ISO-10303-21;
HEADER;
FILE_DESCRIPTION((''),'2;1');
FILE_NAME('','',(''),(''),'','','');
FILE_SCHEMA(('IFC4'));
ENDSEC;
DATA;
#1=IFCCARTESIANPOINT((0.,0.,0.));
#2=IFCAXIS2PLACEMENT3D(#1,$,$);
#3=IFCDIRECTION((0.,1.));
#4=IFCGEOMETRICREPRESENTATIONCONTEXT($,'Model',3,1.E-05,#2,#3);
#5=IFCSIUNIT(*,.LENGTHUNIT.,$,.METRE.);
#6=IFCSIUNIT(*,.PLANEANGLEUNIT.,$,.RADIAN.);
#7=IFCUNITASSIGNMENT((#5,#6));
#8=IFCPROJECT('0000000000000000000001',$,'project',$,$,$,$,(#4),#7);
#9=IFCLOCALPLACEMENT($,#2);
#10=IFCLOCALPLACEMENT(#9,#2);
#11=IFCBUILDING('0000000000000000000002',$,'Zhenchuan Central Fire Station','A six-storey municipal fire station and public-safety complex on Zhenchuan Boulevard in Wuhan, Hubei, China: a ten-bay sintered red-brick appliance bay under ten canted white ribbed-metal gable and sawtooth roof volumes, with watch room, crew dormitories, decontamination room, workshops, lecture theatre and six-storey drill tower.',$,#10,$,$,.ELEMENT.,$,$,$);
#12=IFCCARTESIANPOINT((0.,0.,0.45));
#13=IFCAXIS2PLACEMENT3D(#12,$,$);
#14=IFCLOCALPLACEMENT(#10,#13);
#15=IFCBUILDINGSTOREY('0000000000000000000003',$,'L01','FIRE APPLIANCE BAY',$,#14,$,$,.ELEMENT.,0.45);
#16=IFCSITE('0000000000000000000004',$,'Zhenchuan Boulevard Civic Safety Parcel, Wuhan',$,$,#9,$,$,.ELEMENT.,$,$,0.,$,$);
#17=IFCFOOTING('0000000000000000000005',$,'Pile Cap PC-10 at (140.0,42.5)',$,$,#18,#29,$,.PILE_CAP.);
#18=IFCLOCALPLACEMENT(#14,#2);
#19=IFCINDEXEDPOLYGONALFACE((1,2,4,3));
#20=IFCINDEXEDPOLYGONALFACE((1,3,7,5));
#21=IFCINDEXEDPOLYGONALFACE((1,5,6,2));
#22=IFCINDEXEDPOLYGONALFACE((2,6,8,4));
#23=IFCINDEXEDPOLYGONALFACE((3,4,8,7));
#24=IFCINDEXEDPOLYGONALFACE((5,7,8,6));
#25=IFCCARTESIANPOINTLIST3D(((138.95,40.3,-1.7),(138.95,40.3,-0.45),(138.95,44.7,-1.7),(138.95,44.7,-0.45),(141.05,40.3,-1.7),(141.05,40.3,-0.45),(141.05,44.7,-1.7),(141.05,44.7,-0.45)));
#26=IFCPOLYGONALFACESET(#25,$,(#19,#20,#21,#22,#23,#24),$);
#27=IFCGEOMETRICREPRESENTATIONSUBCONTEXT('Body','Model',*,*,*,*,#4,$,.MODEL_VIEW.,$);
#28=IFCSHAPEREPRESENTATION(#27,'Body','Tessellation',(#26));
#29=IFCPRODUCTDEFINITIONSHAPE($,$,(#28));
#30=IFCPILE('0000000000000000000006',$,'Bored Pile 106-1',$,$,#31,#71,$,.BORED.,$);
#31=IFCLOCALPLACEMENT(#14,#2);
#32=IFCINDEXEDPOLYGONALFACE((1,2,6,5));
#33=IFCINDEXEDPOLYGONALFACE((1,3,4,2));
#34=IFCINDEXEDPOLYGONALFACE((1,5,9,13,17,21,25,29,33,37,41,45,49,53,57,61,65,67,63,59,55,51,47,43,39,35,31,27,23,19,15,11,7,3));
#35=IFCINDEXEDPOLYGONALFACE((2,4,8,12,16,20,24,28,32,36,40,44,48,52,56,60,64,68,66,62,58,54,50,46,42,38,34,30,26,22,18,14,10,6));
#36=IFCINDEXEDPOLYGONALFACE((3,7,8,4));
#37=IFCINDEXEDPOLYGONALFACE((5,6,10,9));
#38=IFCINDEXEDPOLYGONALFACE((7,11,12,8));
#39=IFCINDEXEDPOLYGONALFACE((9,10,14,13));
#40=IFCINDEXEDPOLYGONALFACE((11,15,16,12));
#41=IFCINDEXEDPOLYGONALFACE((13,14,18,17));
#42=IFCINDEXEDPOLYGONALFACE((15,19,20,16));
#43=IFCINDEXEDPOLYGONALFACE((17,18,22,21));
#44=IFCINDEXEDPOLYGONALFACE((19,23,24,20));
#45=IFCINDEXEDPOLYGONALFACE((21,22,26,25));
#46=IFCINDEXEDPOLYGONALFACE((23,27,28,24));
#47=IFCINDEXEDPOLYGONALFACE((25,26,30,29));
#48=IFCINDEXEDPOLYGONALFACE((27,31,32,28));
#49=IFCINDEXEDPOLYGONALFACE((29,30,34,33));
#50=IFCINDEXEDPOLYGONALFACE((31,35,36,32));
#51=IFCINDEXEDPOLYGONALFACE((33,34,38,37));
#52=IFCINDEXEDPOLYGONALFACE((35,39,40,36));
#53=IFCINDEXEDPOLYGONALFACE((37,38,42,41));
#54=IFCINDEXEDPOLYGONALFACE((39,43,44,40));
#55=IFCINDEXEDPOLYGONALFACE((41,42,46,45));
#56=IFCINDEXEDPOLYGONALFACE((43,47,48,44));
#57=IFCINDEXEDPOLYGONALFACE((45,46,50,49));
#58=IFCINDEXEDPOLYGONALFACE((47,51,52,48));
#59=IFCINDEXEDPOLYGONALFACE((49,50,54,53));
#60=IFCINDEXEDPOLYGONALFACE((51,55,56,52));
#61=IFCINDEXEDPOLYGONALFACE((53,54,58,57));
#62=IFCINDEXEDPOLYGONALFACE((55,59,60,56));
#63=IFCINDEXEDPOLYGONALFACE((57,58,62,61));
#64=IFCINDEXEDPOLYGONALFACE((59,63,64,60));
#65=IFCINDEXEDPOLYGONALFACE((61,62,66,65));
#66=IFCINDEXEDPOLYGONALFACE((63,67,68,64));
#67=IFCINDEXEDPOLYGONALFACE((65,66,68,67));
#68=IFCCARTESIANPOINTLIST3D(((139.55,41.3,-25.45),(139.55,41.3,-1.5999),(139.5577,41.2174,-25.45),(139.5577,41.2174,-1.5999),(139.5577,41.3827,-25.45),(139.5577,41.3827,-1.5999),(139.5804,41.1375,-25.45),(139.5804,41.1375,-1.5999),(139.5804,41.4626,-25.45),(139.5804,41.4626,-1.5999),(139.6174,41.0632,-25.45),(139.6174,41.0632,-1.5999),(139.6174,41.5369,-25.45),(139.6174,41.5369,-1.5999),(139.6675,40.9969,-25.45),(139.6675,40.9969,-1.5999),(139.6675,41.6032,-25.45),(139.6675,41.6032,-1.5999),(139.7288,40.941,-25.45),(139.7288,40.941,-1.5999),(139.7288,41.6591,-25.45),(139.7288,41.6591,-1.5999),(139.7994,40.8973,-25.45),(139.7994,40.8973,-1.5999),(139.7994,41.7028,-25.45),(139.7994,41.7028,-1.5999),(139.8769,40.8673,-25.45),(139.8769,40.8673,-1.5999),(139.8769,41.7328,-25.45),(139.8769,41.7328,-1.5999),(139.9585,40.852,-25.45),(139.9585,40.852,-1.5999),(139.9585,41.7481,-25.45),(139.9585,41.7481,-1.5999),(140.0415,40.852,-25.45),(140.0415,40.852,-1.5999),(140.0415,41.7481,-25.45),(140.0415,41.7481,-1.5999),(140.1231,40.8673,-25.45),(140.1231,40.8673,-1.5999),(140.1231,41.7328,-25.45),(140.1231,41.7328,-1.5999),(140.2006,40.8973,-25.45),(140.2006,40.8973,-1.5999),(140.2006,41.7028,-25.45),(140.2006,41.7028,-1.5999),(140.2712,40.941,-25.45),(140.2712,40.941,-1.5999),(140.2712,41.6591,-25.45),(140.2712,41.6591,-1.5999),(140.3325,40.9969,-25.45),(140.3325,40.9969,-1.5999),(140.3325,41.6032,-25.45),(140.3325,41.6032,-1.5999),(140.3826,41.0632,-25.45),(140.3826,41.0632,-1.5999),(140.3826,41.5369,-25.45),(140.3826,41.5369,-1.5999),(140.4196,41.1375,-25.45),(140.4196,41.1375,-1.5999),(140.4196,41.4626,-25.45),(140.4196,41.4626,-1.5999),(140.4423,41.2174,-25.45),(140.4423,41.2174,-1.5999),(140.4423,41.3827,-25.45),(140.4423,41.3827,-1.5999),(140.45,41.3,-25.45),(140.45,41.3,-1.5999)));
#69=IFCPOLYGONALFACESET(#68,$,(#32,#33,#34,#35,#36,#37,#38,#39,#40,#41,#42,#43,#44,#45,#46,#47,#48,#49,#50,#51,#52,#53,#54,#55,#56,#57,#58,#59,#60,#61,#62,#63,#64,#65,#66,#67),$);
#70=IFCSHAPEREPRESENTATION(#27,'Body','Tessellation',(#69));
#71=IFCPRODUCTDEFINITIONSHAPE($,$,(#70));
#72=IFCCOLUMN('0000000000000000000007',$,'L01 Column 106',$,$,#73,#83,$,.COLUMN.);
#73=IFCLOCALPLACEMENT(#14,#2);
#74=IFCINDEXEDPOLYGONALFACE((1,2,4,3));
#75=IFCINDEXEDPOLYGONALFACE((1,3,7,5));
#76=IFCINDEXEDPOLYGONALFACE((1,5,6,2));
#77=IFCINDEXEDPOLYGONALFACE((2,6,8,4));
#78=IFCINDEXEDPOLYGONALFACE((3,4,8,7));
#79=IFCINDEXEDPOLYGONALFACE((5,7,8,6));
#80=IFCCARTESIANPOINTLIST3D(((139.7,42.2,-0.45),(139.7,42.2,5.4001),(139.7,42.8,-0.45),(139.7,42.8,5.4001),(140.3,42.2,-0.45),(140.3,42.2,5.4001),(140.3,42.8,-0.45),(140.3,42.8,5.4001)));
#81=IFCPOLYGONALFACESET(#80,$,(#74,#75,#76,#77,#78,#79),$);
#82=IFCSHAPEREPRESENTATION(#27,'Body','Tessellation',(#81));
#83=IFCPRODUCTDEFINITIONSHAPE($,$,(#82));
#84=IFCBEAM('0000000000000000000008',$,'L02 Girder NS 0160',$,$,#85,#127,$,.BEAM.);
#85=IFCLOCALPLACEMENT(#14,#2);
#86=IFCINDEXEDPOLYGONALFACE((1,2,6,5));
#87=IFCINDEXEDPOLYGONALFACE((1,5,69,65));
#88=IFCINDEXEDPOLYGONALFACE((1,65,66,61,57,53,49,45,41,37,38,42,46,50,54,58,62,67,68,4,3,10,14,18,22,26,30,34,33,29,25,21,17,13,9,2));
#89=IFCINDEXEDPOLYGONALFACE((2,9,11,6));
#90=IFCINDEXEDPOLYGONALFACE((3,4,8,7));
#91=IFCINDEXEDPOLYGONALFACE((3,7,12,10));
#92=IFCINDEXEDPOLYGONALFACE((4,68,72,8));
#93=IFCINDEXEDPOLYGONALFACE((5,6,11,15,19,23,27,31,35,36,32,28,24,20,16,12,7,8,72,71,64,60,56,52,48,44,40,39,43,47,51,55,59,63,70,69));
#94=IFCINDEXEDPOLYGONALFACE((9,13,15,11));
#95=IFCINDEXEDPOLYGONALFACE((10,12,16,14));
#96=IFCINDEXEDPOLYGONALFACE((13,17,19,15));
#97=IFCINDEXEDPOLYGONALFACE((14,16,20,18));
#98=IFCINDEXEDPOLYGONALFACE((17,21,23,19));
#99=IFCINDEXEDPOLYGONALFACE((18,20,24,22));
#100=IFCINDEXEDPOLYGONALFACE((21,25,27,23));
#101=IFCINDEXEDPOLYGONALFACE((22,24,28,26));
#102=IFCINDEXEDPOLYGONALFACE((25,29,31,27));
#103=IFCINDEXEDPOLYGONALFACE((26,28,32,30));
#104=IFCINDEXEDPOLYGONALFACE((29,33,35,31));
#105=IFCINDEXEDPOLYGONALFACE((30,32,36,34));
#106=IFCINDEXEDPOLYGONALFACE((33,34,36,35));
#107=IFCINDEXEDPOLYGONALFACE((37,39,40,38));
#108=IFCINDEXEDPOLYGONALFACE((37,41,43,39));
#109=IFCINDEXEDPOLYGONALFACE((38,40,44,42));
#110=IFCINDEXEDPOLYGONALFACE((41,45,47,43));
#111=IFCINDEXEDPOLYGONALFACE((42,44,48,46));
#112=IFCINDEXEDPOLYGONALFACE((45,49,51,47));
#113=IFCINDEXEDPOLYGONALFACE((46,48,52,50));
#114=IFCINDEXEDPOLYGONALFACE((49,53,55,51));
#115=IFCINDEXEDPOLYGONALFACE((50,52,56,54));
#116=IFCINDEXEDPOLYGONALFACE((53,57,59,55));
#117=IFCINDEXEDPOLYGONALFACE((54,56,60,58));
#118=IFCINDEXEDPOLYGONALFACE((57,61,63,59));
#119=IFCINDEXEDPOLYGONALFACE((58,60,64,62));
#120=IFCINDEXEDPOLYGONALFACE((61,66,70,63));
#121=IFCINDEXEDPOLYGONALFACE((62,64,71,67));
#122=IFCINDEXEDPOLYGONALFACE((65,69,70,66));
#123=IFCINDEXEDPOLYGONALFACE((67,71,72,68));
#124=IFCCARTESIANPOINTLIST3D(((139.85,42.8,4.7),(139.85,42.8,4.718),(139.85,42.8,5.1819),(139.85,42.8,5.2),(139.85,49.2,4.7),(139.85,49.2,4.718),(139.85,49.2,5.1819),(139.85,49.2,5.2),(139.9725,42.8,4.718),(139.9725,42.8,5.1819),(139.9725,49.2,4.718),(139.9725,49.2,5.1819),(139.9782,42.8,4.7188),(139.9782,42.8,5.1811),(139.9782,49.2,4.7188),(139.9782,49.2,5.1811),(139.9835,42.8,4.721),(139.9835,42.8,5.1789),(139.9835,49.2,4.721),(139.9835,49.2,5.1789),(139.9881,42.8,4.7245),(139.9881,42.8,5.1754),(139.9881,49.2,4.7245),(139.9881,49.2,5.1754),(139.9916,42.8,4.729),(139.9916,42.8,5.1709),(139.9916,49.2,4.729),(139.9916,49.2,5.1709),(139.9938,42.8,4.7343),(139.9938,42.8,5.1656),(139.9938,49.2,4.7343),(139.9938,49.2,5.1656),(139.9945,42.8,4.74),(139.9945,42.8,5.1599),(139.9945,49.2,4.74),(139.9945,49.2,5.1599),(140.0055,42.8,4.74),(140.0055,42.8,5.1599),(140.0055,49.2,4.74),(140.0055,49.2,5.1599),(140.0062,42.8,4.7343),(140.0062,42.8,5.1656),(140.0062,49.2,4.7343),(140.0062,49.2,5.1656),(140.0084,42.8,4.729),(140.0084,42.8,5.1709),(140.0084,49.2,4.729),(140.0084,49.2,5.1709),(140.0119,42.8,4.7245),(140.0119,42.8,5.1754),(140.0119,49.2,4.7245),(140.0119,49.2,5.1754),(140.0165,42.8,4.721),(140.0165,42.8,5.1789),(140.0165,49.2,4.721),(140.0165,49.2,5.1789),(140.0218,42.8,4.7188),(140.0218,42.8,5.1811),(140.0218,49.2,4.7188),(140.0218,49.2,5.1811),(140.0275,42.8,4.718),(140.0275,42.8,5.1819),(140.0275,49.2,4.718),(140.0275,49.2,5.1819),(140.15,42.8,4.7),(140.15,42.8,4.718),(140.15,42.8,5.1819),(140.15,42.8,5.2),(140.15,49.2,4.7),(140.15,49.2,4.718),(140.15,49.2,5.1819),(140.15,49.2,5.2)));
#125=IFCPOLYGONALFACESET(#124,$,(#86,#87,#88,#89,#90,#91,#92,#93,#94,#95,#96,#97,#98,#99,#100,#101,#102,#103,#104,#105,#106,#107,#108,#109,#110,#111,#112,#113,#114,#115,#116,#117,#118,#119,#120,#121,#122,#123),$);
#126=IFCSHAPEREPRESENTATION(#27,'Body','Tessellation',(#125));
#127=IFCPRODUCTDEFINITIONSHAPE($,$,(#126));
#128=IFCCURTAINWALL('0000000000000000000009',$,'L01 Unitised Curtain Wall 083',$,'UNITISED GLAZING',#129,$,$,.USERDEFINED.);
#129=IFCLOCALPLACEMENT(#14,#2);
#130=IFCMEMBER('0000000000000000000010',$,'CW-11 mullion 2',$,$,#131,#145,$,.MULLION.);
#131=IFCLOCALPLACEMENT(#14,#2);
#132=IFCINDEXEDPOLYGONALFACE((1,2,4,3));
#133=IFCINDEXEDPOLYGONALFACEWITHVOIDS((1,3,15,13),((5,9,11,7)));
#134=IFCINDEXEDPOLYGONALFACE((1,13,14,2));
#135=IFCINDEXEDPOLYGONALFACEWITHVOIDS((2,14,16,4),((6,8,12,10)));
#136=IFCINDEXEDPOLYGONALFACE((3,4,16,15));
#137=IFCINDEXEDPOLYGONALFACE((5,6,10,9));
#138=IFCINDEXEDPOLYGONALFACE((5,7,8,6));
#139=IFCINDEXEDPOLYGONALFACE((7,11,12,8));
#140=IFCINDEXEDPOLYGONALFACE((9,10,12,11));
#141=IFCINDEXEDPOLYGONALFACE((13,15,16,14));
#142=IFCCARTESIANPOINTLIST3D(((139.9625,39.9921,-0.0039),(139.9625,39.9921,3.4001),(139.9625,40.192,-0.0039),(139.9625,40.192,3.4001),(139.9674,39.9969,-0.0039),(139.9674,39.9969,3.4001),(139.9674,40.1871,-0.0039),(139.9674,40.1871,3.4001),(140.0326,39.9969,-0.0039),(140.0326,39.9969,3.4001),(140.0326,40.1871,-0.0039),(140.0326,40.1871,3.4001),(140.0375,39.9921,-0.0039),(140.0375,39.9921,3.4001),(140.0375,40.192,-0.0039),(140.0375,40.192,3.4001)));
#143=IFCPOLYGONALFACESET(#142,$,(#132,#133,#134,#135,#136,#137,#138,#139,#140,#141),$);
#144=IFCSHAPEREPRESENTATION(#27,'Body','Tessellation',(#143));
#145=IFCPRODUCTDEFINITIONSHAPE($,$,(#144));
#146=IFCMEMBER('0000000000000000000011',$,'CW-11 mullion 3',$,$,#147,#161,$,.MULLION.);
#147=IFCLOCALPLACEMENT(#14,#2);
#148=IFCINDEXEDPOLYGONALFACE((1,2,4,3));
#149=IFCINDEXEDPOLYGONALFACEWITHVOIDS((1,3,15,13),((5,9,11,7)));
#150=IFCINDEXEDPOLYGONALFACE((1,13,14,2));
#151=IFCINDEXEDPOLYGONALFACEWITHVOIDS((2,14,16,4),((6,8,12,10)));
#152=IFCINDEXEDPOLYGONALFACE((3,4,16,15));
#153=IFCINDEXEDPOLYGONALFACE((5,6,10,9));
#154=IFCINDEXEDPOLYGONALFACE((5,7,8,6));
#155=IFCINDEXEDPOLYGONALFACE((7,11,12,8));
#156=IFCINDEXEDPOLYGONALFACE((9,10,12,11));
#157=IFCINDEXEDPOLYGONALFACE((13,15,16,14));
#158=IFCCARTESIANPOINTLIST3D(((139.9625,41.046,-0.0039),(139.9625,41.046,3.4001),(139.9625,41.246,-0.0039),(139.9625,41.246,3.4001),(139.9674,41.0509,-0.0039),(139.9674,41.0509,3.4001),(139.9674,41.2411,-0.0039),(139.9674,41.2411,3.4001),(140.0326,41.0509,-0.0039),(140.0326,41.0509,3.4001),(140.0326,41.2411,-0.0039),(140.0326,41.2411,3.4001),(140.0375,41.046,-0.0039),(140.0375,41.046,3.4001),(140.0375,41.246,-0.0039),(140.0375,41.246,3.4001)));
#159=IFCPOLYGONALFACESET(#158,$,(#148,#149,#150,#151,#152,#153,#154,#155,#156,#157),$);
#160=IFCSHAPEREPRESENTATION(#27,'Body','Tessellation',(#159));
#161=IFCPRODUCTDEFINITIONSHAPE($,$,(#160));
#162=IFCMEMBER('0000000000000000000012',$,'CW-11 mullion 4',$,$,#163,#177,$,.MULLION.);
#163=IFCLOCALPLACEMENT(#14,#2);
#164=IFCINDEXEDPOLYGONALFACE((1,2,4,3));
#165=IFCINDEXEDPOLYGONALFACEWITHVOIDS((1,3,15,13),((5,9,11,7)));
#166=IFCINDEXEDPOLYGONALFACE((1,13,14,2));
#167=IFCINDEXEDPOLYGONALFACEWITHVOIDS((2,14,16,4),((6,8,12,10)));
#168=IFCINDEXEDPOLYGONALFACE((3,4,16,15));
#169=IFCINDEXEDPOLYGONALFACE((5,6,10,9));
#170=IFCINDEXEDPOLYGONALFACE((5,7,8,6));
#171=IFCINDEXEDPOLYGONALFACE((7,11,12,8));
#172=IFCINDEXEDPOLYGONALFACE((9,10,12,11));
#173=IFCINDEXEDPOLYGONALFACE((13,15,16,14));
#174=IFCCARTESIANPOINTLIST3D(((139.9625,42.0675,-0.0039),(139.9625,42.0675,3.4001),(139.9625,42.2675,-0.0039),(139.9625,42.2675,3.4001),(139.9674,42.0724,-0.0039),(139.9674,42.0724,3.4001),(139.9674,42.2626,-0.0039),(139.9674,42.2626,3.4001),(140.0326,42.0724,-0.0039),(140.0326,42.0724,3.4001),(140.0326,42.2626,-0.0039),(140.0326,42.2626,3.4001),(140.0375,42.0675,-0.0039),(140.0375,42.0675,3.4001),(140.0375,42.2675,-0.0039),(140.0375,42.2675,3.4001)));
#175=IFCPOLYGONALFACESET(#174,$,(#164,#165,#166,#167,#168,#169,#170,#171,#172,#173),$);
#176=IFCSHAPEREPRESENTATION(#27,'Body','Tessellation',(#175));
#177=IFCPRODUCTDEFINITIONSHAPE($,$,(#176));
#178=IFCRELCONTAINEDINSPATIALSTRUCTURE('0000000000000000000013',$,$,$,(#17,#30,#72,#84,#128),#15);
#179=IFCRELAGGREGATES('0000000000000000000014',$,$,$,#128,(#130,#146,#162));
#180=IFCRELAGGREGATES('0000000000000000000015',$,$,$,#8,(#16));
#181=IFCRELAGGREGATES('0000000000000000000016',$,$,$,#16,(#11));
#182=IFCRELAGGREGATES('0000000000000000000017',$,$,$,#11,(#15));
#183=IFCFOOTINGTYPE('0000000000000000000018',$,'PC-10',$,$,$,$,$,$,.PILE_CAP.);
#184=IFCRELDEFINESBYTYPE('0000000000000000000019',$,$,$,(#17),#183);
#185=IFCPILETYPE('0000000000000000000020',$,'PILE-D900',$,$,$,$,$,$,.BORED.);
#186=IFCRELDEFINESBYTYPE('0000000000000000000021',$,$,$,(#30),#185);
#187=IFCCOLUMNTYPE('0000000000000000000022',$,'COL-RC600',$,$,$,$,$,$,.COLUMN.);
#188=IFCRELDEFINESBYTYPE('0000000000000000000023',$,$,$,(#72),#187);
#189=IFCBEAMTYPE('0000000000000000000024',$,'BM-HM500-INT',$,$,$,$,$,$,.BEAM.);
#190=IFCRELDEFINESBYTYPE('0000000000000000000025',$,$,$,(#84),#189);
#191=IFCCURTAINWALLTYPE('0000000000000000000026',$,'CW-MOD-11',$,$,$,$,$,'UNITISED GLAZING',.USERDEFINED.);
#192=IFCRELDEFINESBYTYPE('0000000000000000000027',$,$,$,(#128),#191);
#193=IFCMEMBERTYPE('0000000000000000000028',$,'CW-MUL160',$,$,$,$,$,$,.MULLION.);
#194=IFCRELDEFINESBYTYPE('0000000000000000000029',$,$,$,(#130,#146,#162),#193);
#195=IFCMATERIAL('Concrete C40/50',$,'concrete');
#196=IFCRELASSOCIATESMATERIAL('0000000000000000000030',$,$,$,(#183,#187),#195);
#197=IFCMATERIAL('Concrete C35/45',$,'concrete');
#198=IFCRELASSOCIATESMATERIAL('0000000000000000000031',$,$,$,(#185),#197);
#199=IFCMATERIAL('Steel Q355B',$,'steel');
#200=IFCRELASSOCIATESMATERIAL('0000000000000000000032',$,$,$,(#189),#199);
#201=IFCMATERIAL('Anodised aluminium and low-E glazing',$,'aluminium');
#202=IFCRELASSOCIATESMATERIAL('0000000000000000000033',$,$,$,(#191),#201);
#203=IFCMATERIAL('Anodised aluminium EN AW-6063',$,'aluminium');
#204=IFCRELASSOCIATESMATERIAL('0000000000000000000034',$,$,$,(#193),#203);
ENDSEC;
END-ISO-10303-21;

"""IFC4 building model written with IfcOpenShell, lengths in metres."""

from ifc_helpers import new_model, si_unit, direction, frame, origin, origin_2d, place, context, subcontext, project, spatial, rectangle, hollow_rectangle, circle, i_section, extrude, material, material_profile, profile_set, type_object, element, aggregate, save


model = new_model("IFC4")

# Units and contexts
model_context = context("Model", 3, precision=1e-05, world=origin(), true_north=direction((0.0, 1.0)))
body_context = subcontext(model_context, "Body", "Model", "MODEL_VIEW")
ifc_project = project(units=[si_unit("LENGTHUNIT", "METRE"), si_unit("PLANEANGLEUNIT", "RADIAN")], contexts=[model_context])

# Site, building, storey
site_placement = place(None, origin())
site = spatial("IfcSite", under=ifc_project, at=site_placement, Name="Zhenchuan Boulevard Civic Safety Parcel, Wuhan", CompositionType="ELEMENT", RefElevation=0.0)
building_placement = place(site_placement, origin())
building = spatial("IfcBuilding", under=site, at=building_placement, Name="Zhenchuan Central Fire Station", Description="A six-storey municipal fire station and public-safety complex on Zhenchuan Boulevard in Wuhan, Hubei, China: a ten-bay sintered red-brick appliance bay under ten canted white ribbed-metal gable and sawtooth roof volumes, with watch room, crew dormitories, decontamination room, workshops, lecture theatre and six-storey drill tower.", CompositionType="ELEMENT")
storey_placement = place(building_placement, frame((0.0, 0.0, 0.45)))
storey = spatial("IfcBuildingStorey", under=building, at=storey_placement, Name="L01", Description="FIRE APPLIANCE BAY", CompositionType="ELEMENT", Elevation=0.45)

# Footing
ifc_material_1 = material(Name="Concrete C40/50", Category="concrete")
footing_type = type_object("IfcFootingType", Name="PC-10", PredefinedType="PILE_CAP", material=ifc_material_1)
footing_placement = place(storey_placement, frame((140.0, 42.5, -1.7), z_axis=(0.0, 0.0, 1.0), x_axis=(1.0, 0.0, 0.0)))
element("IfcFooting", 1, at=footing_placement, inside=storey, type_object=footing_type, Name="Pile Cap PC-10 at (140.0,42.5)", PredefinedType="PILE_CAP", context=body_context, shape_type="SweptSolid", body=[
    extrude(rectangle(XDim=2.1001, YDim=4.3999, at=origin_2d()), origin(), (0.0, 0.0, 1.0), 1.25),
])

# Pile
ifc_material_2 = material(Name="Concrete C35/45", Category="concrete")
ifc_material_profile_1 = material_profile(ifc_material_2, circle(Radius=0.45, at=origin_2d()), Name="PILE D900")
ifc_profile_set_1 = profile_set([ifc_material_profile_1], Name="Concrete C35/45")
pile_type = type_object("IfcPileType", Name="PILE-D900", PredefinedType="BORED", material=ifc_profile_set_1)
pile_placement = place(storey_placement, frame((140.0, 41.3, -1.5999), z_axis=(0.0, 0.0, -1.0), x_axis=(1.0, 0.0, 0.0)))
element("IfcPile", 2, at=pile_placement, inside=storey, type_object=pile_type, Name="Bored Pile 106-1", PredefinedType="BORED", context=body_context, shape_type="SweptSolid", body=[
    extrude(circle(Radius=0.45, at=origin_2d()), origin(), (0.0, 0.0, 1.0), 23.8501),
])

# Column
ifc_material_profile_2 = material_profile(ifc_material_1, rectangle(XDim=0.6001, YDim=0.6001, at=origin_2d()), Name="RC 600x600")
ifc_profile_set_2 = profile_set([ifc_material_profile_2], Name="Concrete C40/50")
column_type = type_object("IfcColumnType", Name="COL-RC600", PredefinedType="COLUMN", material=ifc_profile_set_2)
column_placement = place(storey_placement, frame((140.0, 42.5, -0.45), z_axis=(0.0, 0.0, 1.0), x_axis=(1.0, 0.0, 0.0)))
element("IfcColumn", 3, at=column_placement, inside=storey, type_object=column_type, Name="L01 Column 106", PredefinedType="COLUMN", context=body_context, shape_type="SweptSolid", body=[
    extrude(rectangle(XDim=0.6001, YDim=0.6001, at=origin_2d()), origin(), (0.0, 0.0, 1.0), 5.8501),
])

# Beam
ifc_material_3 = material(Name="Steel Q355B", Category="steel")
ifc_material_profile_3 = material_profile(ifc_material_3, i_section(OverallWidth=0.3, OverallDepth=0.5, WebThickness=0.011, FlangeThickness=0.0181, FilletRadius=0.022, at=origin_2d()), Name="HM 500x300")
ifc_profile_set_3 = profile_set([ifc_material_profile_3], Name="Steel Q355B")
beam_type = type_object("IfcBeamType", Name="BM-HM500-INT", PredefinedType="BEAM", material=ifc_profile_set_3)
beam_placement = place(storey_placement, frame((140.0, 42.8, 4.95), z_axis=(0.0, 1.0, 0.0), x_axis=(-1.0, 0.0, 0.0)))
element("IfcBeam", 4, at=beam_placement, inside=storey, type_object=beam_type, Name="L02 Girder NS 0160", PredefinedType="BEAM", context=body_context, shape_type="SweptSolid", body=[
    extrude(i_section(OverallWidth=0.3, OverallDepth=0.5, WebThickness=0.011, FlangeThickness=0.0181, FilletRadius=0.022, at=origin_2d()), origin(), (0.0, 0.0, 1.0), 6.3999),
])

# Curtain wall, members
ifc_material_4 = material(Name="Anodised aluminium and low-E glazing", Category="aluminium")
curtain_wall_type = type_object("IfcCurtainWallType", Name="CW-MOD-11", ElementType="UNITISED GLAZING", PredefinedType="USERDEFINED", material=ifc_material_4)
curtain_wall_placement = place(storey_placement, origin())
curtain_wall = element("IfcCurtainWall", 5, at=curtain_wall_placement, inside=storey, type_object=curtain_wall_type, Name="L01 Unitised Curtain Wall 083", ObjectType="UNITISED GLAZING", PredefinedType="USERDEFINED")
ifc_material_5 = material(Name="Anodised aluminium EN AW-6063", Category="aluminium")
ifc_material_profile_4 = material_profile(ifc_material_5, hollow_rectangle(XDim=0.075, YDim=0.2, WallThickness=0.0049, at=origin_2d()), Name="ALU-M 200x75")
ifc_profile_set_4 = profile_set([ifc_material_profile_4], Name="Anodised aluminium EN AW-6063")
member_type_1 = type_object("IfcMemberType", Name="CW-MUL160", PredefinedType="MULLION", material=ifc_profile_set_4)
member_1_placement = place(storey_placement, frame((140.0, 40.092, -0.0039), z_axis=(0.0, 0.0, 1.0), x_axis=(-1.0, 0.0, 0.0)))
member_1 = element("IfcMember", 6, at=member_1_placement, type_object=member_type_1, Name="CW-11 mullion 2", PredefinedType="MULLION", context=body_context, shape_type="SweptSolid", body=[
    extrude(hollow_rectangle(XDim=0.075, YDim=0.2, WallThickness=0.0049, at=origin_2d()), origin(), (0.0, 0.0, 1.0), 3.4041),
])
member_2_placement = place(storey_placement, frame((140.0, 41.146, -0.0039), z_axis=(0.0, 0.0, 1.0), x_axis=(-1.0, 0.0, 0.0)))
member_2 = element("IfcMember", 7, at=member_2_placement, type_object=member_type_1, Name="CW-11 mullion 3", PredefinedType="MULLION", context=body_context, shape_type="SweptSolid", body=[
    extrude(hollow_rectangle(XDim=0.075, YDim=0.2, WallThickness=0.0049, at=origin_2d()), origin(), (0.0, 0.0, 1.0), 3.4041),
])
member_3_placement = place(storey_placement, frame((140.0, 42.1675, -0.0039), z_axis=(0.0, 0.0, 1.0), x_axis=(-1.0, 0.0, 0.0)))
member_3 = element("IfcMember", 8, at=member_3_placement, type_object=member_type_1, Name="CW-11 mullion 4", PredefinedType="MULLION", context=body_context, shape_type="SweptSolid", body=[
    extrude(hollow_rectangle(XDim=0.075, YDim=0.2, WallThickness=0.0049, at=origin_2d()), origin(), (0.0, 0.0, 1.0), 3.4041),
])
aggregate(curtain_wall, [member_1, member_2, member_3])

save(model, "model.ifc")
